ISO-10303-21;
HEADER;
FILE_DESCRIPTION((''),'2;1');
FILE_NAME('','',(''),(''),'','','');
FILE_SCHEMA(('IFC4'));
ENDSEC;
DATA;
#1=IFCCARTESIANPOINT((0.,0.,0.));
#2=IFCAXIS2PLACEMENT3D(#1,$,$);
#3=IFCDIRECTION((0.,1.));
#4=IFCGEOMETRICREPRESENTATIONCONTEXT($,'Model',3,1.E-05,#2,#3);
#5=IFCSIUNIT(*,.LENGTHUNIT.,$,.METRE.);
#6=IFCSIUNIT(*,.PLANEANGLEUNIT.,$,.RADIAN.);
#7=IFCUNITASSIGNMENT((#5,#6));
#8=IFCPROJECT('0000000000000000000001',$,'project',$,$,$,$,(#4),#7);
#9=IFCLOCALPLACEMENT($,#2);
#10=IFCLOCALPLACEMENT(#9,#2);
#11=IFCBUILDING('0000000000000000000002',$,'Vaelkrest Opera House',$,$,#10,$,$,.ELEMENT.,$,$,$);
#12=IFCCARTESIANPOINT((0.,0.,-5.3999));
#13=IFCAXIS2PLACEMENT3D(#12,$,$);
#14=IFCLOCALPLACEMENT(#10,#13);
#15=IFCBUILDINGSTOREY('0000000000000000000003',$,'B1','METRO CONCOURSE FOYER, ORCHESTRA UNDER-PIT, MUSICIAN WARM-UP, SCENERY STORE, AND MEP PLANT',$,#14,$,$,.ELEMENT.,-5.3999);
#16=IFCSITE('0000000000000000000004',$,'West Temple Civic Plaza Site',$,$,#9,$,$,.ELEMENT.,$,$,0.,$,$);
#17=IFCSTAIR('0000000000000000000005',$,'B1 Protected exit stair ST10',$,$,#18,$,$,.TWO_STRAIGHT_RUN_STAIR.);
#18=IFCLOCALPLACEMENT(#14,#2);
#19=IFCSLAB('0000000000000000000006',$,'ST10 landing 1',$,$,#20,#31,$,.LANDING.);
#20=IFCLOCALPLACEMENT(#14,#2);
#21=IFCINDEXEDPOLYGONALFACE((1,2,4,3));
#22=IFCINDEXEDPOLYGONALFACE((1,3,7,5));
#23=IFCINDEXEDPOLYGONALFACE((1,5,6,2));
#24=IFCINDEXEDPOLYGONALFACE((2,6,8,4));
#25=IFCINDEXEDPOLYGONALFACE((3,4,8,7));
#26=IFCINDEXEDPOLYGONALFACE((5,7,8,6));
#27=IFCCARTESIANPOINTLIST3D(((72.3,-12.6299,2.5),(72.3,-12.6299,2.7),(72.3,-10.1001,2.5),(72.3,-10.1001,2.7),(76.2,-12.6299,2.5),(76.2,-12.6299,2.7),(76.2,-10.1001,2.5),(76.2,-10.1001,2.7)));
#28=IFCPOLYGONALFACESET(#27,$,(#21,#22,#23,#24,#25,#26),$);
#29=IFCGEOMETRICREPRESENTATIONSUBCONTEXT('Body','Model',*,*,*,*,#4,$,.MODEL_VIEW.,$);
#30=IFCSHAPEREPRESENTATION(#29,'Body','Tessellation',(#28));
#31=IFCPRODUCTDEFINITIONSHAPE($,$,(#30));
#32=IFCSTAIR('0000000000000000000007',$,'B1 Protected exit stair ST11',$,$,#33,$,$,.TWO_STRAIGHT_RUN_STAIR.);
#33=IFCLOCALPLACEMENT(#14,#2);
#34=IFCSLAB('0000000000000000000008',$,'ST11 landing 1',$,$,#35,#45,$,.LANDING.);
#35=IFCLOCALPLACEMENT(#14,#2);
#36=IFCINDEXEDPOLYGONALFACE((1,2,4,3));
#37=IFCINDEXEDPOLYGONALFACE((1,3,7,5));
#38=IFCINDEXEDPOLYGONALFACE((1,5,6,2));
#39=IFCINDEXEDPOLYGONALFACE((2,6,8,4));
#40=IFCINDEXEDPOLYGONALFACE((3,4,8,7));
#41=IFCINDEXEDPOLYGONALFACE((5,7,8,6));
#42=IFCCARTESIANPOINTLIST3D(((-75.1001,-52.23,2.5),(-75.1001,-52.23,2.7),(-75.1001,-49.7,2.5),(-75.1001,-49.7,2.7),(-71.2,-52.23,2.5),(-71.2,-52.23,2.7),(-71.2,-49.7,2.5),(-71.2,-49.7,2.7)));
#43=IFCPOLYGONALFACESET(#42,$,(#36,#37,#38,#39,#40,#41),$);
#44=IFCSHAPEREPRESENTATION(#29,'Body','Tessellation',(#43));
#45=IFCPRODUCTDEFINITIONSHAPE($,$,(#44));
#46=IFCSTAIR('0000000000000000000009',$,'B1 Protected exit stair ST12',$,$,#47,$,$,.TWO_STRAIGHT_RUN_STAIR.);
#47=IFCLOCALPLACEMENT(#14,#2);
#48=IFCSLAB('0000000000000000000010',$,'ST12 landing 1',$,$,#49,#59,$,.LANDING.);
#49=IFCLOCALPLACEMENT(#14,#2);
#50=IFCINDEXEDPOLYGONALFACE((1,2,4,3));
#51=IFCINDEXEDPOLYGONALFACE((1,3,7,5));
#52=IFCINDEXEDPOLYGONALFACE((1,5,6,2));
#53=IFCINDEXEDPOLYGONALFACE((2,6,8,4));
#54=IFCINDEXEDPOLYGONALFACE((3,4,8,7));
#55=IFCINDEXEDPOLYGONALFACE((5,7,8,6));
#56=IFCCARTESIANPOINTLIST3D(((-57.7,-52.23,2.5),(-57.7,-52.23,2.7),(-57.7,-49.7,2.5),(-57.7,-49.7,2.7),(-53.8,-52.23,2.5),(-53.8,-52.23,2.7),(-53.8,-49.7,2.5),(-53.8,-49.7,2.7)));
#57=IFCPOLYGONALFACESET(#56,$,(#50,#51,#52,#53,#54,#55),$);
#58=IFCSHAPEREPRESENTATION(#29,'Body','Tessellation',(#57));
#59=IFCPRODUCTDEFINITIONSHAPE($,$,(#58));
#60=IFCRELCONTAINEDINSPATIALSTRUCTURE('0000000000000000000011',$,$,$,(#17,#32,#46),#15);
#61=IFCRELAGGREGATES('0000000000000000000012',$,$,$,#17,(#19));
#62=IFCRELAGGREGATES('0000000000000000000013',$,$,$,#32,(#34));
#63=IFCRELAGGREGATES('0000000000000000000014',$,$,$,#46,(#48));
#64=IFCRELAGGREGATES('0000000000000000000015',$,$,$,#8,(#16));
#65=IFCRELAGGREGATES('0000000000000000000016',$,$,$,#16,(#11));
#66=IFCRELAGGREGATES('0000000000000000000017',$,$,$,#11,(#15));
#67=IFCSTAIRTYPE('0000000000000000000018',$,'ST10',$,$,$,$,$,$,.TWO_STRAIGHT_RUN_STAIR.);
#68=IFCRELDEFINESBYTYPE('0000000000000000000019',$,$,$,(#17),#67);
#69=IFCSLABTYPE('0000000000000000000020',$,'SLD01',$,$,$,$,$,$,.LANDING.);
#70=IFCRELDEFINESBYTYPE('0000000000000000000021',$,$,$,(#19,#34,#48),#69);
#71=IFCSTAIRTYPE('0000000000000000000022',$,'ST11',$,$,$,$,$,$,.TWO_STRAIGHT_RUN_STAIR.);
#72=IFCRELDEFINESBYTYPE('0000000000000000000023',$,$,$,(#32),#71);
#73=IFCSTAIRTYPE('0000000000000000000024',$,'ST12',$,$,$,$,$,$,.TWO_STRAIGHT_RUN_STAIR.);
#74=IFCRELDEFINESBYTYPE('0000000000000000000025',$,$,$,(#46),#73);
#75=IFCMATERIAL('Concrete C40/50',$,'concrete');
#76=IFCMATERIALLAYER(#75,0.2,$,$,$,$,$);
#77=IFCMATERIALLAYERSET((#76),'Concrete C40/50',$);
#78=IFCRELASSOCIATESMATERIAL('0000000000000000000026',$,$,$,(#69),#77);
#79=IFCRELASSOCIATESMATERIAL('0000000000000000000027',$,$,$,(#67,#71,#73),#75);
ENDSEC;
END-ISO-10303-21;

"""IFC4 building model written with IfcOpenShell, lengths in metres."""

from ifc_helpers import new_model, si_unit, direction, frame, origin, place, context, subcontext, project, spatial, polyline, outline, extrude, material, layer, layer_set, type_object, element, aggregate, save


model = new_model("IFC4")

# Units and contexts
model_context = context("Model", 3, precision=1e-05, world=origin(), true_north=direction((0.0, 1.0)))
body_context = subcontext(model_context, "Body", "Model", "MODEL_VIEW")
ifc_project = project(units=[si_unit("LENGTHUNIT", "METRE"), si_unit("PLANEANGLEUNIT", "RADIAN")], contexts=[model_context])

# Site, building, storey
site_placement = place(None, origin())
site = spatial("IfcSite", under=ifc_project, at=site_placement, Name="West Temple Civic Plaza Site", CompositionType="ELEMENT", RefElevation=0.0)
building_placement = place(site_placement, origin())
building = spatial("IfcBuilding", under=site, at=building_placement, Name="Vaelkrest Opera House", CompositionType="ELEMENT")
storey_placement = place(building_placement, frame((0.0, 0.0, -5.3999)))
storey = spatial("IfcBuildingStorey", under=building, at=storey_placement, Name="B1", Description="METRO CONCOURSE FOYER, ORCHESTRA UNDER-PIT, MUSICIAN WARM-UP, SCENERY STORE, AND MEP PLANT", CompositionType="ELEMENT", Elevation=-5.3999)

# Shared definitions
ifc_material_1 = material(Name="Concrete C40/50", Category="concrete")

# Stairs, slabs
ifc_layer = layer(ifc_material_1, 0.2)
ifc_layer_set = layer_set([ifc_layer], Name="Concrete C40/50")
slab_type = type_object("IfcSlabType", Name="SLD01", PredefinedType="LANDING", material=ifc_layer_set)
stair_type_1 = type_object("IfcStairType", Name="ST10", PredefinedType="TWO_STRAIGHT_RUN_STAIR", material=ifc_material_1)
stair_1_placement = place(storey_placement, origin())
stair_1 = element("IfcStair", 1, at=stair_1_placement, inside=storey, type_object=stair_type_1, Name="B1 Protected exit stair ST10", PredefinedType="TWO_STRAIGHT_RUN_STAIR")
slab_1_placement = place(storey_placement, frame((0.0, 0.0, 2.5)))
slab_1 = element("IfcSlab", 2, at=slab_1_placement, type_object=slab_type, Name="ST10 landing 1", PredefinedType="LANDING", context=body_context, shape_type="SweptSolid", body=[
    extrude(outline(polyline([(76.2, -12.6299), (76.2, -10.1001), (72.3, -10.1001), (72.3, -12.6299), (76.2, -12.6299)])), origin(), (0.0, 0.0, 1.0), 0.2),
])
aggregate(stair_1, [slab_1])
stair_type_2 = type_object("IfcStairType", Name="ST11", PredefinedType="TWO_STRAIGHT_RUN_STAIR", material=ifc_material_1)
stair_2_placement = place(storey_placement, origin())
stair_2 = element("IfcStair", 3, at=stair_2_placement, inside=storey, type_object=stair_type_2, Name="B1 Protected exit stair ST11", PredefinedType="TWO_STRAIGHT_RUN_STAIR")
slab_2_placement = place(storey_placement, frame((0.0, 0.0, 2.5)))
slab_2 = element("IfcSlab", 4, at=slab_2_placement, type_object=slab_type, Name="ST11 landing 1", PredefinedType="LANDING", context=body_context, shape_type="SweptSolid", body=[
    extrude(outline(polyline([(-71.2, -52.23), (-71.2, -49.7), (-75.1001, -49.7), (-75.1001, -52.23), (-71.2, -52.23)])), origin(), (0.0, 0.0, 1.0), 0.2),
])
aggregate(stair_2, [slab_2])
stair_type_3 = type_object("IfcStairType", Name="ST12", PredefinedType="TWO_STRAIGHT_RUN_STAIR", material=ifc_material_1)
stair_3_placement = place(storey_placement, origin())
stair_3 = element("IfcStair", 5, at=stair_3_placement, inside=storey, type_object=stair_type_3, Name="B1 Protected exit stair ST12", PredefinedType="TWO_STRAIGHT_RUN_STAIR")
slab_3_placement = place(storey_placement, frame((0.0, 0.0, 2.5)))
slab_3 = element("IfcSlab", 6, at=slab_3_placement, type_object=slab_type, Name="ST12 landing 1", PredefinedType="LANDING", context=body_context, shape_type="SweptSolid", body=[
    extrude(outline(polyline([(-53.8, -52.23), (-53.8, -49.7), (-57.7, -49.7), (-57.7, -52.23), (-53.8, -52.23)])), origin(), (0.0, 0.0, 1.0), 0.2),
])
aggregate(stair_3, [slab_3])

save(model, "model.ifc")
